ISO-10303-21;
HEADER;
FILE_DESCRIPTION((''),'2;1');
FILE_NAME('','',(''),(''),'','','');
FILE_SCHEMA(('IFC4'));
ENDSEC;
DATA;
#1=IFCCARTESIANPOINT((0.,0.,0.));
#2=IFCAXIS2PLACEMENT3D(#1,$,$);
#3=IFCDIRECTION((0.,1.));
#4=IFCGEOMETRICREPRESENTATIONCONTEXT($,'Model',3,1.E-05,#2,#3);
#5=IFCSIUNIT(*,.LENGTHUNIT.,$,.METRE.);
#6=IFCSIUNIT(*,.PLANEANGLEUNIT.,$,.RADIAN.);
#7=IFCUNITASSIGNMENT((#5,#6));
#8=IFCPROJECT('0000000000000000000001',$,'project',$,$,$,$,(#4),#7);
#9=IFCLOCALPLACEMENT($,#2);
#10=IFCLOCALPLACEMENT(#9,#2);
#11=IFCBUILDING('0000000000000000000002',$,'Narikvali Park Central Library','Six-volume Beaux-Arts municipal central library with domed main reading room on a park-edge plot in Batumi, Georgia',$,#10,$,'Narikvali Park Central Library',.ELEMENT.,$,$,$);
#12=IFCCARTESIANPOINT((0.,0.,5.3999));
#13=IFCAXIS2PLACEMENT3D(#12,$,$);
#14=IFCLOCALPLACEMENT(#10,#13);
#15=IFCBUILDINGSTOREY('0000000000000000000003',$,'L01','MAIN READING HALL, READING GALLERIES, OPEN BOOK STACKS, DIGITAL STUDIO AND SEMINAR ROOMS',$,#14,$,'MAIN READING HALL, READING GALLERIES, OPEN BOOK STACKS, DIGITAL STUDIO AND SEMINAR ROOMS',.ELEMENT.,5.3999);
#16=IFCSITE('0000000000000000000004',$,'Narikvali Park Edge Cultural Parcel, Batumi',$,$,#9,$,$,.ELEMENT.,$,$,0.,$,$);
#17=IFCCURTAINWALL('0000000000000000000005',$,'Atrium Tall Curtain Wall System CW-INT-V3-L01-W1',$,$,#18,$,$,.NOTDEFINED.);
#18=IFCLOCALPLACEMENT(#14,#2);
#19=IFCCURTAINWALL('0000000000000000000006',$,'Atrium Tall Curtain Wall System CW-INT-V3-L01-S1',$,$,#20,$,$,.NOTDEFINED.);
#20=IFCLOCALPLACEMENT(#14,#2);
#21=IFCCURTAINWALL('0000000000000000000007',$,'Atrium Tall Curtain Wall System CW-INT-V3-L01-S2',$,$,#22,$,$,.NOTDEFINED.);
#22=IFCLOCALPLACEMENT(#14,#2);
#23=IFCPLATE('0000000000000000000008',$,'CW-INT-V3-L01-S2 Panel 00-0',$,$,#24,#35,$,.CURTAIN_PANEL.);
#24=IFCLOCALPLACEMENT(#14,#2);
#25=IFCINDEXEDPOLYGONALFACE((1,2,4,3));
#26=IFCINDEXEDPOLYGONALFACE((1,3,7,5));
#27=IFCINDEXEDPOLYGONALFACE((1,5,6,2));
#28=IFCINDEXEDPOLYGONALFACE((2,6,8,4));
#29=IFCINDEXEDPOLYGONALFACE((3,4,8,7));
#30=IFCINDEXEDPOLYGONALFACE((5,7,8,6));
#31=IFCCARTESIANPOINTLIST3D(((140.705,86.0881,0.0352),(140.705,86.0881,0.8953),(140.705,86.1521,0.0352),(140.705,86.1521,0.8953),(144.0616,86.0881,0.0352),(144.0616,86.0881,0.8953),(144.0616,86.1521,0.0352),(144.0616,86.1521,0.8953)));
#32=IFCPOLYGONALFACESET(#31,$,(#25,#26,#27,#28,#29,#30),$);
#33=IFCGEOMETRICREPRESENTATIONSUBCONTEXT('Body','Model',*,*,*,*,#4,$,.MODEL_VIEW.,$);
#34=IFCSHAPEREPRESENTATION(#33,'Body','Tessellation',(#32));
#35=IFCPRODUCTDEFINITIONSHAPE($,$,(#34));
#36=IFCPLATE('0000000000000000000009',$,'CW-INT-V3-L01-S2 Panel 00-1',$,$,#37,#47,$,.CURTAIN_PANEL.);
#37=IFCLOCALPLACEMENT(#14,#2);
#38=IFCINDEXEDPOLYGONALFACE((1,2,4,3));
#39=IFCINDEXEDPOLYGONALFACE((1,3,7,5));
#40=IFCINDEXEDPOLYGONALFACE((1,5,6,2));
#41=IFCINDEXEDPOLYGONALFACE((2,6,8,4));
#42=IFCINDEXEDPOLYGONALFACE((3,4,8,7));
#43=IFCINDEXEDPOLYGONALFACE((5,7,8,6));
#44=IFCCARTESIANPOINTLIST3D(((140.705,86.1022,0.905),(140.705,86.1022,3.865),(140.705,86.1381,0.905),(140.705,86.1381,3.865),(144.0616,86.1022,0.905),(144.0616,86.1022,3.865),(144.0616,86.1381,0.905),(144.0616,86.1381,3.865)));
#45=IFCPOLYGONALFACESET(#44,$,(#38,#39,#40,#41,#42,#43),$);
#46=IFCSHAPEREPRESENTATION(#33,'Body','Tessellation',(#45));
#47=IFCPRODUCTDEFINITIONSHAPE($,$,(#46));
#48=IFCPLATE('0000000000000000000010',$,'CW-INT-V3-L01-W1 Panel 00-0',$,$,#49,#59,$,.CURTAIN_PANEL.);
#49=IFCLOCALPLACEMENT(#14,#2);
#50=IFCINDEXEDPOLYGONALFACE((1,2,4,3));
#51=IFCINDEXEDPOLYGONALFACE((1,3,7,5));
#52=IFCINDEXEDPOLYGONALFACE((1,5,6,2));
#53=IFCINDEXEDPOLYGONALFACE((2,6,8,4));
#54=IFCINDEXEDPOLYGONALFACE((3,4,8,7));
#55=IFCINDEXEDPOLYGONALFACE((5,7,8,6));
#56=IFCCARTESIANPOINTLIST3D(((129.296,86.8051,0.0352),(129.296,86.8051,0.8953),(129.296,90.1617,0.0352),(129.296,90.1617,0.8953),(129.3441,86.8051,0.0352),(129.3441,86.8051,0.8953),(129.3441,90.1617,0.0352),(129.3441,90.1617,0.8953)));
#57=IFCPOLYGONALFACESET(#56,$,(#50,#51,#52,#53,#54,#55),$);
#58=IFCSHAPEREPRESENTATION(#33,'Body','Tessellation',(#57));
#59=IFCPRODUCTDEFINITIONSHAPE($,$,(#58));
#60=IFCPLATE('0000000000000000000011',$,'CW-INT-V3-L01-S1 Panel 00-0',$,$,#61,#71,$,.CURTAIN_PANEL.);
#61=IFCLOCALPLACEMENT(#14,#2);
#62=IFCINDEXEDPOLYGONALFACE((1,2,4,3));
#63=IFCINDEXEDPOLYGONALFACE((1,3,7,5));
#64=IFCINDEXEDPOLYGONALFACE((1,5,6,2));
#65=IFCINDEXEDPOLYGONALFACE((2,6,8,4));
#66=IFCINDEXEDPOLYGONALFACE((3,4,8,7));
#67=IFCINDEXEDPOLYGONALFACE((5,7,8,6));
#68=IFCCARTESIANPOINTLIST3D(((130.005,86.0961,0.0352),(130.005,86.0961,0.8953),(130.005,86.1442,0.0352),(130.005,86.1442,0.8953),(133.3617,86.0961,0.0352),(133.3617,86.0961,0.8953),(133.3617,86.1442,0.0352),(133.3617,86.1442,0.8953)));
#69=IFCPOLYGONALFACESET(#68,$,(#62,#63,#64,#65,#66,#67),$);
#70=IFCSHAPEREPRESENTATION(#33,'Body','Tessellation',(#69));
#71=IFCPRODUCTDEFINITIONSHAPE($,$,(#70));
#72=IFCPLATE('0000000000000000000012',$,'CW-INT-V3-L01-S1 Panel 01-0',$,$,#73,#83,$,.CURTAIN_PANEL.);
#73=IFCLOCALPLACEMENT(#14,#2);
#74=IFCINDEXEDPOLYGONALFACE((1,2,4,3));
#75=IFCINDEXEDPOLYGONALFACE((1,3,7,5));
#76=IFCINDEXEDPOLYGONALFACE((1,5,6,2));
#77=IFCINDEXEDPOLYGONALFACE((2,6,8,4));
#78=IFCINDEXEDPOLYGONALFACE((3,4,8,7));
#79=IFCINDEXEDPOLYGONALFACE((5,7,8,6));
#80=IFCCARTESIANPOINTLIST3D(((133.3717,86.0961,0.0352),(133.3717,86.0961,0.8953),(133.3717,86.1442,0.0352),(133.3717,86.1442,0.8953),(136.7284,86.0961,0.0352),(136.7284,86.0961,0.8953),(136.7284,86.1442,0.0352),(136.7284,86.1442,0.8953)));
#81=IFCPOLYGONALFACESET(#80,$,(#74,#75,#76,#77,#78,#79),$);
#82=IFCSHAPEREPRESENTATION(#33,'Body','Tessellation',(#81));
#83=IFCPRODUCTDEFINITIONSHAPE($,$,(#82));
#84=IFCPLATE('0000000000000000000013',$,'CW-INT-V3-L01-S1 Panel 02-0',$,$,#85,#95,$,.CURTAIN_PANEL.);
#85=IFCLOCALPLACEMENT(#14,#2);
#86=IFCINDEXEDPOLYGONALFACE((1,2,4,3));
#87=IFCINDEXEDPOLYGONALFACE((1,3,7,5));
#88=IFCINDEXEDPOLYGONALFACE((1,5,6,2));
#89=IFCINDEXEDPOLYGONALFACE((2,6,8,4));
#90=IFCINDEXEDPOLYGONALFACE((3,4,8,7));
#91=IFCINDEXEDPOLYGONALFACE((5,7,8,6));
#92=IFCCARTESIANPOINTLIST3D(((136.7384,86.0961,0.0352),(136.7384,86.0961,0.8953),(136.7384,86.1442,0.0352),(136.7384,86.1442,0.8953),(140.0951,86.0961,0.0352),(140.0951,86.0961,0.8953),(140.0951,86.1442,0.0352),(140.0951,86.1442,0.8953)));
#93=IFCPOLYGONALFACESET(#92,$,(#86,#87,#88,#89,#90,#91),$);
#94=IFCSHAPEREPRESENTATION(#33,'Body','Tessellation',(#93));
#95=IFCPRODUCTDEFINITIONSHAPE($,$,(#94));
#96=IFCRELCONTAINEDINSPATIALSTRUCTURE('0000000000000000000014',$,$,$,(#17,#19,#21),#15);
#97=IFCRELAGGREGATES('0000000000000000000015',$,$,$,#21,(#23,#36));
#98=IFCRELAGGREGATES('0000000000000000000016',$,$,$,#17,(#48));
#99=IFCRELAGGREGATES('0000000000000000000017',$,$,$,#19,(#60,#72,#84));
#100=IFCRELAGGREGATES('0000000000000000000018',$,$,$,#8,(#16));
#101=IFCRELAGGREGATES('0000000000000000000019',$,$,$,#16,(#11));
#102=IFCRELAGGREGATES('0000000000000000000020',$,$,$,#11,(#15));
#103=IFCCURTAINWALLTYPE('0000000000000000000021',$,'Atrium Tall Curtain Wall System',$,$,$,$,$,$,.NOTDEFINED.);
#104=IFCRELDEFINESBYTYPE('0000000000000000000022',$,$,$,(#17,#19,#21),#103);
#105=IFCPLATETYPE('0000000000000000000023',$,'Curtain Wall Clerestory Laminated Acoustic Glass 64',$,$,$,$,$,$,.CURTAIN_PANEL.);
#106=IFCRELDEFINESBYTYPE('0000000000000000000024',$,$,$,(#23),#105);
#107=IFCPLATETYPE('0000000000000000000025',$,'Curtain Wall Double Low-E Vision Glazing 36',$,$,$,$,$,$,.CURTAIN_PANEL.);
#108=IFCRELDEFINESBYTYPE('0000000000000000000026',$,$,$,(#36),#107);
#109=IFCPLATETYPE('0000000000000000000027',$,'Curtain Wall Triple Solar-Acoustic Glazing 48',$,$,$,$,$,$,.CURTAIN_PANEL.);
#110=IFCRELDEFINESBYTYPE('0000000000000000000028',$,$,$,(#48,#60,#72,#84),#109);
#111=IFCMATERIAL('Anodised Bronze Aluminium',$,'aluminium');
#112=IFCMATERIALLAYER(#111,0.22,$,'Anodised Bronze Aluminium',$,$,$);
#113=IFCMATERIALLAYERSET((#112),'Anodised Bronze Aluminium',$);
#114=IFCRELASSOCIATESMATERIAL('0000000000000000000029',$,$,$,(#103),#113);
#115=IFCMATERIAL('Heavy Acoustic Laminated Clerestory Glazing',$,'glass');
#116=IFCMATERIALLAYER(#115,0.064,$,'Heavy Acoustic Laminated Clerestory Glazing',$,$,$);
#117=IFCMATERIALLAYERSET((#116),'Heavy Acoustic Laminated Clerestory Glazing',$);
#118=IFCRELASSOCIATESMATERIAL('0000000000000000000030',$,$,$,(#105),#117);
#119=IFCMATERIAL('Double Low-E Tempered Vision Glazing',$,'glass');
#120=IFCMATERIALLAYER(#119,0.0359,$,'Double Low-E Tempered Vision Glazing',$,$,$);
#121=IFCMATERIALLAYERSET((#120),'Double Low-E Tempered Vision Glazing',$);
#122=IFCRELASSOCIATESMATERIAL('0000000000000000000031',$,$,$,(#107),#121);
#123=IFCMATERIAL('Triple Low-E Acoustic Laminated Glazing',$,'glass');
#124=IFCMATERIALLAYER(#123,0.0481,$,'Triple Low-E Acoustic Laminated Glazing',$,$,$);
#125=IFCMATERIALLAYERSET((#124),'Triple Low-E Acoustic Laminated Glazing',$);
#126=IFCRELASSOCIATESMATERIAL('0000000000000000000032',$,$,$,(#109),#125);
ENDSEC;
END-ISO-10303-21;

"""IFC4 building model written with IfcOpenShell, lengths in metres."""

from ifc_helpers import new_model, si_unit, direction, frame, origin, origin_2d, place, context, subcontext, project, spatial, rectangle, extrude, material, layer, layer_set, type_object, element, aggregate, save


model = new_model("IFC4")

# Units and contexts
model_context = context("Model", 3, precision=1e-05, world=origin(), true_north=direction((0.0, 1.0)))
body_context = subcontext(model_context, "Body", "Model", "MODEL_VIEW")
ifc_project = project(units=[si_unit("LENGTHUNIT", "METRE"), si_unit("PLANEANGLEUNIT", "RADIAN")], contexts=[model_context])

# Site, building, storey
site_placement = place(None, origin())
site = spatial("IfcSite", under=ifc_project, at=site_placement, Name="Narikvali Park Edge Cultural Parcel, Batumi", CompositionType="ELEMENT", RefElevation=0.0)
building_placement = place(site_placement, origin())
building = spatial("IfcBuilding", under=site, at=building_placement, Name="Narikvali Park Central Library", Description="Six-volume Beaux-Arts municipal central library with domed main reading room on a park-edge plot in Batumi, Georgia", LongName="Narikvali Park Central Library", CompositionType="ELEMENT")
storey_placement = place(building_placement, frame((0.0, 0.0, 5.3999)))
storey = spatial("IfcBuildingStorey", under=building, at=storey_placement, Name="L01", Description="MAIN READING HALL, READING GALLERIES, OPEN BOOK STACKS, DIGITAL STUDIO AND SEMINAR ROOMS", LongName="MAIN READING HALL, READING GALLERIES, OPEN BOOK STACKS, DIGITAL STUDIO AND SEMINAR ROOMS", CompositionType="ELEMENT", Elevation=5.3999)

# Curtain walls
ifc_material_1 = material(Name="Anodised Bronze Aluminium", Category="aluminium")
ifc_layer_1 = layer(ifc_material_1, 0.22, Name="Anodised Bronze Aluminium")
ifc_layer_set_1 = layer_set([ifc_layer_1], Name="Anodised Bronze Aluminium")
curtain_wall_type = type_object("IfcCurtainWallType", Name="Atrium Tall Curtain Wall System", PredefinedType="NOTDEFINED", material=ifc_layer_set_1)
curtain_wall_1_placement = place(storey_placement, origin())
curtain_wall_1 = element("IfcCurtainWall", 1, at=curtain_wall_1_placement, inside=storey, type_object=curtain_wall_type, Name="Atrium Tall Curtain Wall System CW-INT-V3-L01-W1", PredefinedType="NOTDEFINED")
curtain_wall_2_placement = place(storey_placement, origin())
curtain_wall_2 = element("IfcCurtainWall", 2, at=curtain_wall_2_placement, inside=storey, type_object=curtain_wall_type, Name="Atrium Tall Curtain Wall System CW-INT-V3-L01-S1", PredefinedType="NOTDEFINED")
curtain_wall_3_placement = place(storey_placement, origin())
curtain_wall_3 = element("IfcCurtainWall", 3, at=curtain_wall_3_placement, inside=storey, type_object=curtain_wall_type, Name="Atrium Tall Curtain Wall System CW-INT-V3-L01-S2", PredefinedType="NOTDEFINED")

# Plates
ifc_material_2 = material(Name="Heavy Acoustic Laminated Clerestory Glazing", Category="glass")
ifc_layer_2 = layer(ifc_material_2, 0.064, Name="Heavy Acoustic Laminated Clerestory Glazing")
ifc_layer_set_2 = layer_set([ifc_layer_2], Name="Heavy Acoustic Laminated Clerestory Glazing")
plate_type_1 = type_object("IfcPlateType", Name="Curtain Wall Clerestory Laminated Acoustic Glass 64", PredefinedType="CURTAIN_PANEL", material=ifc_layer_set_2)
plate_1_placement = place(storey_placement, frame((142.3833, 86.1201, 0.0352), z_axis=(0.0, 0.0, 1.0), x_axis=(1.0, 0.0, 0.0)))
plate_1 = element("IfcPlate", 4, at=plate_1_placement, type_object=plate_type_1, Name="CW-INT-V3-L01-S2 Panel 00-0", PredefinedType="CURTAIN_PANEL", context=body_context, shape_type="SweptSolid", body=[
    extrude(rectangle(XDim=3.3567, YDim=0.064, at=origin_2d()), origin(), (0.0, 0.0, 1.0), 0.8601),
])
ifc_material_3 = material(Name="Double Low-E Tempered Vision Glazing", Category="glass")
ifc_layer_3 = layer(ifc_material_3, 0.0359, Name="Double Low-E Tempered Vision Glazing")
ifc_layer_set_3 = layer_set([ifc_layer_3], Name="Double Low-E Tempered Vision Glazing")
plate_type_2 = type_object("IfcPlateType", Name="Curtain Wall Double Low-E Vision Glazing 36", PredefinedType="CURTAIN_PANEL", material=ifc_layer_set_3)
plate_2_placement = place(storey_placement, frame((142.3833, 86.1201, 0.905), z_axis=(0.0, 0.0, 1.0), x_axis=(1.0, 0.0, 0.0)))
plate_2 = element("IfcPlate", 5, at=plate_2_placement, type_object=plate_type_2, Name="CW-INT-V3-L01-S2 Panel 00-1", PredefinedType="CURTAIN_PANEL", context=body_context, shape_type="SweptSolid", body=[
    extrude(rectangle(XDim=3.3567, YDim=0.0359, at=origin_2d()), origin(), (0.0, 0.0, 1.0), 2.96),
])
aggregate(curtain_wall_3, [plate_1, plate_2])
ifc_material_4 = material(Name="Triple Low-E Acoustic Laminated Glazing", Category="glass")
ifc_layer_4 = layer(ifc_material_4, 0.0481, Name="Triple Low-E Acoustic Laminated Glazing")
ifc_layer_set_4 = layer_set([ifc_layer_4], Name="Triple Low-E Acoustic Laminated Glazing")
plate_type_3 = type_object("IfcPlateType", Name="Curtain Wall Triple Solar-Acoustic Glazing 48", PredefinedType="CURTAIN_PANEL", material=ifc_layer_set_4)
plate_3_placement = place(storey_placement, frame((129.3201, 88.4834, 0.0352), z_axis=(0.0, 0.0, 1.0), x_axis=(0.0, 1.0, 0.0)))
plate_3 = element("IfcPlate", 6, at=plate_3_placement, type_object=plate_type_3, Name="CW-INT-V3-L01-W1 Panel 00-0", PredefinedType="CURTAIN_PANEL", context=body_context, shape_type="SweptSolid", body=[
    extrude(rectangle(XDim=3.3567, YDim=0.0481, at=origin_2d()), origin(), (0.0, 0.0, 1.0), 0.8601),
])
aggregate(curtain_wall_1, [plate_3])
plate_4_placement = place(storey_placement, frame((131.6833, 86.1201, 0.0352), z_axis=(0.0, 0.0, 1.0), x_axis=(1.0, 0.0, 0.0)))
plate_4 = element("IfcPlate", 7, at=plate_4_placement, type_object=plate_type_3, Name="CW-INT-V3-L01-S1 Panel 00-0", PredefinedType="CURTAIN_PANEL", context=body_context, shape_type="SweptSolid", body=[
    extrude(rectangle(XDim=3.3567, YDim=0.0481, at=origin_2d()), origin(), (0.0, 0.0, 1.0), 0.8601),
])
plate_5_placement = place(storey_placement, frame((135.05, 86.1201, 0.0352), z_axis=(0.0, 0.0, 1.0), x_axis=(1.0, 0.0, 0.0)))
plate_5 = element("IfcPlate", 8, at=plate_5_placement, type_object=plate_type_3, Name="CW-INT-V3-L01-S1 Panel 01-0", PredefinedType="CURTAIN_PANEL", context=body_context, shape_type="SweptSolid", body=[
    extrude(rectangle(XDim=3.3567, YDim=0.0481, at=origin_2d()), origin(), (0.0, 0.0, 1.0), 0.8601),
])
plate_6_placement = place(storey_placement, frame((138.4167, 86.1201, 0.0352), z_axis=(0.0, 0.0, 1.0), x_axis=(1.0, 0.0, 0.0)))
plate_6 = element("IfcPlate", 9, at=plate_6_placement, type_object=plate_type_3, Name="CW-INT-V3-L01-S1 Panel 02-0", PredefinedType="CURTAIN_PANEL", context=body_context, shape_type="SweptSolid", body=[
    extrude(rectangle(XDim=3.3567, YDim=0.0481, at=origin_2d()), origin(), (0.0, 0.0, 1.0), 0.8601),
])
aggregate(curtain_wall_2, [plate_4, plate_5, plate_6])

save(model, "model.ifc")
